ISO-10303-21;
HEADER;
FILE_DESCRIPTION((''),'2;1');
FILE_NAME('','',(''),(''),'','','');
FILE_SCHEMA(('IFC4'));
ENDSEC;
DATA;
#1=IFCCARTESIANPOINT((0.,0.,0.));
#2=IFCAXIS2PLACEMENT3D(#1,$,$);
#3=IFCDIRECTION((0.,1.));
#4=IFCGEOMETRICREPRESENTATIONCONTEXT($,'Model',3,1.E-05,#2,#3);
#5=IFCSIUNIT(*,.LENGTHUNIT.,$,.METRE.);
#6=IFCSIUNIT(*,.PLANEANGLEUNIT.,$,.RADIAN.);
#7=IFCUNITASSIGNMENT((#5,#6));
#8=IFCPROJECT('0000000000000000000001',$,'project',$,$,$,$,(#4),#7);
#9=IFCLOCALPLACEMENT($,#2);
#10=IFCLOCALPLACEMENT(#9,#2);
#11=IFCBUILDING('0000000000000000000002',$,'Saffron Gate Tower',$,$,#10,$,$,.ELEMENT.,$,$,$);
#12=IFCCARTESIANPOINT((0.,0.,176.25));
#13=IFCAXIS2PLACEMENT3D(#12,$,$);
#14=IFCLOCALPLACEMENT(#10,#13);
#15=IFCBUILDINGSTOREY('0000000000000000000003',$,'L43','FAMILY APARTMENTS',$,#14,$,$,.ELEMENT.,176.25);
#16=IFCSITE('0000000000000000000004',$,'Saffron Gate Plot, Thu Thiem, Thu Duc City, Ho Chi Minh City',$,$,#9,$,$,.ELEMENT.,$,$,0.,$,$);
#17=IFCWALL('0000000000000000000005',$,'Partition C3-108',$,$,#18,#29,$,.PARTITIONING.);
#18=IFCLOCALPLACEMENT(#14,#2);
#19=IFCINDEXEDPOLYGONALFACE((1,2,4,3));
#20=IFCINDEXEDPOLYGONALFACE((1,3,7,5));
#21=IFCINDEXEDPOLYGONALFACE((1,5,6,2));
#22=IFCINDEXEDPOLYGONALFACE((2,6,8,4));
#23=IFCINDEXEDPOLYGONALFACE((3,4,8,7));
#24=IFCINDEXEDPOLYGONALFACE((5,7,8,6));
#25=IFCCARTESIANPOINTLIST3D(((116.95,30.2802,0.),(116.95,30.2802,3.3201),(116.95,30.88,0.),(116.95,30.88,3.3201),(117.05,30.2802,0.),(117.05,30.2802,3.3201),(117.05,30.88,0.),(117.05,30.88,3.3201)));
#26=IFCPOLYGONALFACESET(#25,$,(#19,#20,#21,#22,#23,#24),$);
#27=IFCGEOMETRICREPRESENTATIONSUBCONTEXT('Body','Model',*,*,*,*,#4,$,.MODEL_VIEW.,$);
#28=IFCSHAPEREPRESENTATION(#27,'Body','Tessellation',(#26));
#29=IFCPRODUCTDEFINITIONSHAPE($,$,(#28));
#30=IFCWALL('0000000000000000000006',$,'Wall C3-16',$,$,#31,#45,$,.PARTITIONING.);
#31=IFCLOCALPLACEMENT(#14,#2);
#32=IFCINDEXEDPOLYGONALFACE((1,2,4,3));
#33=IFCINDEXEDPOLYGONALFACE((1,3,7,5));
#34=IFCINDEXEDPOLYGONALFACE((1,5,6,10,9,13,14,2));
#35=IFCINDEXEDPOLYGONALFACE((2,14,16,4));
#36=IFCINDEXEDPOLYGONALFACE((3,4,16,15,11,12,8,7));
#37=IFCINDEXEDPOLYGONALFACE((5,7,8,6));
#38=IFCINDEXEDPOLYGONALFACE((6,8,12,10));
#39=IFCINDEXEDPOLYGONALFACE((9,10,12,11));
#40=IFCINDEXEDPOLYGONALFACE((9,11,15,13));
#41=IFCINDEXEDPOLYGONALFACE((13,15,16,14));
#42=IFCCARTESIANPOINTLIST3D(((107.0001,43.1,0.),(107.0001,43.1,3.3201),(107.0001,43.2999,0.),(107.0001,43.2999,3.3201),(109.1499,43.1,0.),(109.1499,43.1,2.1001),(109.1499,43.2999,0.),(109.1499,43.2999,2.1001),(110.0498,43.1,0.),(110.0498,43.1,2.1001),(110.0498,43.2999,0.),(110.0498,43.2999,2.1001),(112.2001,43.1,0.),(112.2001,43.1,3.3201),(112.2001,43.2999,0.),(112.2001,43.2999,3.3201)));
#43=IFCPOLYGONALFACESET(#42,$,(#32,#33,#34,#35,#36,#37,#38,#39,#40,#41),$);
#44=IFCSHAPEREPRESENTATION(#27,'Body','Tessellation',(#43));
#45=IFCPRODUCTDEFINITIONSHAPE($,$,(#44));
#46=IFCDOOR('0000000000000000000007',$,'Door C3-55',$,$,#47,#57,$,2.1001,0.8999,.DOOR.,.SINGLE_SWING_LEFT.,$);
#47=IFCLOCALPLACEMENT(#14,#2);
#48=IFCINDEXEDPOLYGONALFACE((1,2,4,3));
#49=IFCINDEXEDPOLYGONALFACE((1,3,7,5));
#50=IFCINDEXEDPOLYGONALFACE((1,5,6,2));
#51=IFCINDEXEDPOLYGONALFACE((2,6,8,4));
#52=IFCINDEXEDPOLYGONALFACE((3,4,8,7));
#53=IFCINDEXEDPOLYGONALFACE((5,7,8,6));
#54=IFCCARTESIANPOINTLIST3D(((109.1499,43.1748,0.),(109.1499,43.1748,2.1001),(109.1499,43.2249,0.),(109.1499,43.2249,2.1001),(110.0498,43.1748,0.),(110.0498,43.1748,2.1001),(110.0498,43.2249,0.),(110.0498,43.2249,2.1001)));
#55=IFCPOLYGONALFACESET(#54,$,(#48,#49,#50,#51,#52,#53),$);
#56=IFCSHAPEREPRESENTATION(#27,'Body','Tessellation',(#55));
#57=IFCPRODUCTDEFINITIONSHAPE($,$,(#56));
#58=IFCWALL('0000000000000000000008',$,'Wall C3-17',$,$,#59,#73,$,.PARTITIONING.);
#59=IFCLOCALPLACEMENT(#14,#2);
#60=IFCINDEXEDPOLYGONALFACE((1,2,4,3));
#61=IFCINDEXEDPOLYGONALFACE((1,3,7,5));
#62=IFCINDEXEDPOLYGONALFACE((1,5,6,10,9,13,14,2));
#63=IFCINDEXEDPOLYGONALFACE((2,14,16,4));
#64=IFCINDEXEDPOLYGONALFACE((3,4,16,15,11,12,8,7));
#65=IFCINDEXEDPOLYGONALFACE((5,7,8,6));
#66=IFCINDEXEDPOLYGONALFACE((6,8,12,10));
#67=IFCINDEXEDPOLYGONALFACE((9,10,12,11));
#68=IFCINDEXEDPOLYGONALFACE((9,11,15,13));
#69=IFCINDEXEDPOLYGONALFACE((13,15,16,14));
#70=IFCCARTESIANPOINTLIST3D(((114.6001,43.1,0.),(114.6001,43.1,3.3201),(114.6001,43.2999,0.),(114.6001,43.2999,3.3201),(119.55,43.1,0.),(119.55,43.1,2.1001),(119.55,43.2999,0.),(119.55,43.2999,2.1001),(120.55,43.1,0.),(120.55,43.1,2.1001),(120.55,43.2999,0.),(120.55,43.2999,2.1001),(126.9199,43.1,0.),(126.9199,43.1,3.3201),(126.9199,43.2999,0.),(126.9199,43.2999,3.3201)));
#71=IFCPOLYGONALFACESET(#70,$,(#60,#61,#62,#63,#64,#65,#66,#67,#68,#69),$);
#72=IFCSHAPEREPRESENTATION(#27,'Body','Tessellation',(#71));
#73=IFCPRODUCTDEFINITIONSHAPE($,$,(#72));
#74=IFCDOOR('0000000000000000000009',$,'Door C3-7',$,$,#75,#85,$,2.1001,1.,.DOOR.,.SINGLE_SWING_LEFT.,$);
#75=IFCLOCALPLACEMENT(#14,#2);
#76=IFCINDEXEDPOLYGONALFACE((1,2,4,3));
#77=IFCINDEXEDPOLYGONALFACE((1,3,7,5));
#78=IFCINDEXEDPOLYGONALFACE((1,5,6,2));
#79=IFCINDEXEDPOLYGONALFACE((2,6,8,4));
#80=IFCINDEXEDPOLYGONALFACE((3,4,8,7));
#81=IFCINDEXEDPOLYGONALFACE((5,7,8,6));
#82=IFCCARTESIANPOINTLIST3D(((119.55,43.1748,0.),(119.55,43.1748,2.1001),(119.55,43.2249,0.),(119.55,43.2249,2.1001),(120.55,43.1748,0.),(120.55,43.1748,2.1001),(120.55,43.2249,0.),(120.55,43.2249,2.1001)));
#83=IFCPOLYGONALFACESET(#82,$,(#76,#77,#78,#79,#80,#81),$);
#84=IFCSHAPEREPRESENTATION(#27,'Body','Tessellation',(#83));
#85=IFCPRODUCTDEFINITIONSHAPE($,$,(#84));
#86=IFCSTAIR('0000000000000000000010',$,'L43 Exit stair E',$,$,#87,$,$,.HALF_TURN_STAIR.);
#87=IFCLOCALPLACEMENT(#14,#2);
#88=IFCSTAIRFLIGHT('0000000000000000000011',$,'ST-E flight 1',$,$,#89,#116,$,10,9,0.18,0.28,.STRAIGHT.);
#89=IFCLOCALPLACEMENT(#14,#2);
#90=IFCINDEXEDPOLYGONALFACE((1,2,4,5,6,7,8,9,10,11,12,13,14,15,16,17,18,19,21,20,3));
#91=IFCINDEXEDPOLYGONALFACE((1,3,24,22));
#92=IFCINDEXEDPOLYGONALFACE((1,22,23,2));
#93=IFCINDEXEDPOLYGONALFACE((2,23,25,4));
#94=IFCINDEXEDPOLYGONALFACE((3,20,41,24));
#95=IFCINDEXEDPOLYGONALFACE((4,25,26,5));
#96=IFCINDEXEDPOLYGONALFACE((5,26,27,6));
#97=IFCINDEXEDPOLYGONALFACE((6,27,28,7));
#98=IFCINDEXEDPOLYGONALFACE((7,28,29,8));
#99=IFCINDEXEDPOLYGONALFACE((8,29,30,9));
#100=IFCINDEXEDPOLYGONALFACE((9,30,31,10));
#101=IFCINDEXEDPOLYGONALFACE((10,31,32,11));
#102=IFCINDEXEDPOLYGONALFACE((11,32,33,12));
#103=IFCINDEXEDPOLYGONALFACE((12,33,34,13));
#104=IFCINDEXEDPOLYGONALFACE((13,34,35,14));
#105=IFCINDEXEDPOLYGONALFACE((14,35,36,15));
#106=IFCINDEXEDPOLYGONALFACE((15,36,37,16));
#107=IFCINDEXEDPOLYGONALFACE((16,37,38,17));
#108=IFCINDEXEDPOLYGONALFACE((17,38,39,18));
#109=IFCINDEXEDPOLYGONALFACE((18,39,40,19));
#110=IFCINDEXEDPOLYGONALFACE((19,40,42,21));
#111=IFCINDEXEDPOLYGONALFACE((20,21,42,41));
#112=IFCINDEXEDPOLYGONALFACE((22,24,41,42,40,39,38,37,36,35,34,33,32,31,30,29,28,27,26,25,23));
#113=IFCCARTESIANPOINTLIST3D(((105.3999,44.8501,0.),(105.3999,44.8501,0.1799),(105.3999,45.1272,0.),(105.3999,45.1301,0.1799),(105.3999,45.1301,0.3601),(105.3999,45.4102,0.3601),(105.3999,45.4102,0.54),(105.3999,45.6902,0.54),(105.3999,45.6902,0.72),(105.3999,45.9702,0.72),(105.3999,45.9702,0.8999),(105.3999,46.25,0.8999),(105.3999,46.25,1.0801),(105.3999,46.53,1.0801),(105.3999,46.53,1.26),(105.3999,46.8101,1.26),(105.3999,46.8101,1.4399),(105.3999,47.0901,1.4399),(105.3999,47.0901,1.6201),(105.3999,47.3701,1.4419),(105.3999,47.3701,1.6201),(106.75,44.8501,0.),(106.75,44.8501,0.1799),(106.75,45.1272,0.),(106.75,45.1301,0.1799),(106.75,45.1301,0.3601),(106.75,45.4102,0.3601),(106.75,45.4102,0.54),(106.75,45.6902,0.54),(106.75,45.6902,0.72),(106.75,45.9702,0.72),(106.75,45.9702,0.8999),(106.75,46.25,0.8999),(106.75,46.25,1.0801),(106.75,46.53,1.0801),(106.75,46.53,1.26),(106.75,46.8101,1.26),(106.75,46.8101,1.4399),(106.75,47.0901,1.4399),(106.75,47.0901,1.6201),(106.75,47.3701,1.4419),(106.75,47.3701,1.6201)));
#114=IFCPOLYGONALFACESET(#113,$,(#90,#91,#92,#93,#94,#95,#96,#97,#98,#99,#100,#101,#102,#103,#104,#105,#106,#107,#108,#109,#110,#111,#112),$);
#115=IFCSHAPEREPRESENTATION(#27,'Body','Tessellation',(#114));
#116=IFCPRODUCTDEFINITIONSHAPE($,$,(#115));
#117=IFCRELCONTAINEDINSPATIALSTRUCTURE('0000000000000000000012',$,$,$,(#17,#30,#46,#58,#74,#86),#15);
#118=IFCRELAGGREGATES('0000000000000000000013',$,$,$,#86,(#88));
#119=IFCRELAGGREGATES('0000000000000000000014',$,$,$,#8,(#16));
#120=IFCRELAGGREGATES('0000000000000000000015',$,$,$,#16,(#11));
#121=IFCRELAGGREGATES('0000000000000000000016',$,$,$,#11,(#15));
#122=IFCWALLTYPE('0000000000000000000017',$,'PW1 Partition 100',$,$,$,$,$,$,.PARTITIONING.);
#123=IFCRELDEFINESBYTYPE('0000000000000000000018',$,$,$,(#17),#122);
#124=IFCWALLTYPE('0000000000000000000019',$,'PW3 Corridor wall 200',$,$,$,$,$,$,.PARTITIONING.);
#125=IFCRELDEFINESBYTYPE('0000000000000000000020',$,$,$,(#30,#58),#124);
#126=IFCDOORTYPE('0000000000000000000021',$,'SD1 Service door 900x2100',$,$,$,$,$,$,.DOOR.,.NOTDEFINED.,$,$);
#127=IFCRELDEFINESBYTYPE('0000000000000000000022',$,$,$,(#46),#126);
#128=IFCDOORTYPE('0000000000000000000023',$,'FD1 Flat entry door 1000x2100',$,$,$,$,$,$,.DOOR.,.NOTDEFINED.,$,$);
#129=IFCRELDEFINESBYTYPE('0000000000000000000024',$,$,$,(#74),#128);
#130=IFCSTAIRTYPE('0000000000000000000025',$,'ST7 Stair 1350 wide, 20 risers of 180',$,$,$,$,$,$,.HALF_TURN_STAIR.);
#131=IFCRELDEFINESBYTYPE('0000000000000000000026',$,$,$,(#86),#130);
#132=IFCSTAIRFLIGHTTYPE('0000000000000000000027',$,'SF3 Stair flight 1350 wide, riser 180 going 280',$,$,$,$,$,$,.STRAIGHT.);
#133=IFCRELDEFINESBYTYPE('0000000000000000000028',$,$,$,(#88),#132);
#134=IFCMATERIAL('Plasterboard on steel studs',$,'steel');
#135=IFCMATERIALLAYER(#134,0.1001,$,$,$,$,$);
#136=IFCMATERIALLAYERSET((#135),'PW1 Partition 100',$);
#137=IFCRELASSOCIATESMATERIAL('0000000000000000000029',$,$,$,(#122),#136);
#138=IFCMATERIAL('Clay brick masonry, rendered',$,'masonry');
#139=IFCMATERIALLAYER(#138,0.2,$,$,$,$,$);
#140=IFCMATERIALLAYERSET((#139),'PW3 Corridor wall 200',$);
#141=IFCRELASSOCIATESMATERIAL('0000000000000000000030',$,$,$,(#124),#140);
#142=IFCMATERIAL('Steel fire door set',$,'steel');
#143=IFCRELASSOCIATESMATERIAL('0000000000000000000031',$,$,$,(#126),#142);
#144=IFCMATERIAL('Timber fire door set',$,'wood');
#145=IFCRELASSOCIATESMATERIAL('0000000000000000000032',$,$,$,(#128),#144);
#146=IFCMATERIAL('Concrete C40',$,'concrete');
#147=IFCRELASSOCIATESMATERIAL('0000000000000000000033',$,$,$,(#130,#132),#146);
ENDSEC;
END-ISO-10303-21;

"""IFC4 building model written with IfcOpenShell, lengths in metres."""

from ifc_helpers import new_model, si_unit, direction, frame, frame_2d, origin, place, context, subcontext, project, spatial, polyline, rectangle, outline, extrude, material, layer, layer_set, type_object, element, fill, aggregate, save


model = new_model("IFC4")

# Units and contexts
model_context = context("Model", 3, precision=1e-05, world=origin(), true_north=direction((0.0, 1.0)))
body_context = subcontext(model_context, "Body", "Model", "MODEL_VIEW")
ifc_project = project(units=[si_unit("LENGTHUNIT", "METRE"), si_unit("PLANEANGLEUNIT", "RADIAN")], contexts=[model_context])

# Site, building, storey
site_placement = place(None, origin())
site = spatial("IfcSite", under=ifc_project, at=site_placement, Name="Saffron Gate Plot, Thu Thiem, Thu Duc City, Ho Chi Minh City", CompositionType="ELEMENT", RefElevation=0.0)
building_placement = place(site_placement, origin())
building = spatial("IfcBuilding", under=site, at=building_placement, Name="Saffron Gate Tower", CompositionType="ELEMENT")
storey_placement = place(building_placement, frame((0.0, 0.0, 176.25)))
storey = spatial("IfcBuildingStorey", under=building, at=storey_placement, Name="L43", Description="FAMILY APARTMENTS", CompositionType="ELEMENT", Elevation=176.25)

# Wall
ifc_material_1 = material(Name="Plasterboard on steel studs", Category="steel")
ifc_layer_1 = layer(ifc_material_1, 0.1001)
ifc_layer_set_1 = layer_set([ifc_layer_1], Name="PW1 Partition 100")
wall_type_1 = type_object("IfcWallType", Name="PW1 Partition 100", PredefinedType="PARTITIONING", material=ifc_layer_set_1)
wall_1_placement = place(storey_placement, frame((117.0, 30.8799, 0.0), z_axis=(0.0, 0.0, 1.0), x_axis=(0.0, -1.0, 0.0)))
element("IfcWall", 1, at=wall_1_placement, inside=storey, type_object=wall_type_1, Name="Partition C3-108", PredefinedType="PARTITIONING", context=body_context, shape_type="SweptSolid", body=[
    extrude(rectangle(XDim=0.5999, YDim=0.1001, at=frame_2d((0.2998, 0.0))), origin(), (0.0, 0.0, 1.0), 3.3201),
])

# Walls, openings, doors
ifc_material_2 = material(Name="Clay brick masonry, rendered", Category="masonry")
ifc_layer_2 = layer(ifc_material_2, 0.2)
ifc_layer_set_2 = layer_set([ifc_layer_2], Name="PW3 Corridor wall 200")
wall_type_2 = type_object("IfcWallType", Name="PW3 Corridor wall 200", PredefinedType="PARTITIONING", material=ifc_layer_set_2)
wall_2_placement = place(storey_placement, frame((107.0, 43.2, 0.0), z_axis=(0.0, 0.0, 1.0), x_axis=(1.0, 0.0, 0.0)))
wall_2 = element("IfcWall", 2, at=wall_2_placement, inside=storey, type_object=wall_type_2, Name="Wall C3-16", PredefinedType="PARTITIONING", context=body_context, shape_type="SweptSolid", body=[
    extrude(rectangle(XDim=5.2, YDim=0.2, at=frame_2d((2.6001, 0.0))), origin(), (0.0, 0.0, 1.0), 3.3201),
])
opening_1_placement = place(wall_2_placement, frame((2.1499, 0.0, 0.0)))
opening_1 = element("IfcOpeningElement", 3, at=opening_1_placement, cuts=wall_2, PredefinedType="OPENING", context=body_context, shape_type="SweptSolid", body=[
    extrude(rectangle(XDim=0.8999, YDim=2.1001, at=frame_2d((0.45, 1.05))), frame((0.0, 0.1099, 0.0), z_axis=(0.0, -1.0, 0.0), x_axis=(1.0, 0.0, 0.0)), (0.0, 0.0, 1.0), 0.22),
])
ifc_material_3 = material(Name="Steel fire door set", Category="steel")
door_type_1 = type_object("IfcDoorType", Name="SD1 Service door 900x2100", OperationType="NOTDEFINED", PredefinedType="DOOR", material=ifc_material_3)
door_1_placement = place(opening_1_placement, origin())
door_1 = element("IfcDoor", 4, at=door_1_placement, inside=storey, type_object=door_type_1, Name="Door C3-55", OperationType="SINGLE_SWING_LEFT", OverallHeight=2.1001, OverallWidth=0.8999, PredefinedType="DOOR", context=body_context, shape_type="SweptSolid", body=[
    extrude(rectangle(XDim=0.8999, YDim=2.1001, at=frame_2d((0.45, 1.05))), frame((0.0, 0.0249, 0.0), z_axis=(0.0, -1.0, 0.0), x_axis=(1.0, 0.0, 0.0)), (0.0, 0.0, 1.0), 0.05),
])
fill(opening_1, door_1)
wall_3_placement = place(storey_placement, frame((114.6001, 43.2, 0.0), z_axis=(0.0, 0.0, 1.0), x_axis=(1.0, 0.0, 0.0)))
wall_3 = element("IfcWall", 5, at=wall_3_placement, inside=storey, type_object=wall_type_2, Name="Wall C3-17", PredefinedType="PARTITIONING", context=body_context, shape_type="SweptSolid", body=[
    extrude(rectangle(XDim=12.3198, YDim=0.2, at=frame_2d((6.1599, 0.0))), origin(), (0.0, 0.0, 1.0), 3.3201),
])
opening_2_placement = place(wall_3_placement, frame((4.95, 0.0, 0.0)))
opening_2 = element("IfcOpeningElement", 6, at=opening_2_placement, cuts=wall_3, PredefinedType="OPENING", context=body_context, shape_type="SweptSolid", body=[
    extrude(rectangle(XDim=1.0, YDim=2.1001, at=frame_2d((0.5, 1.05))), frame((0.0, 0.1099, 0.0), z_axis=(0.0, -1.0, 0.0), x_axis=(1.0, 0.0, 0.0)), (0.0, 0.0, 1.0), 0.22),
])
ifc_material_4 = material(Name="Timber fire door set", Category="wood")
door_type_2 = type_object("IfcDoorType", Name="FD1 Flat entry door 1000x2100", OperationType="NOTDEFINED", PredefinedType="DOOR", material=ifc_material_4)
door_2_placement = place(opening_2_placement, origin())
door_2 = element("IfcDoor", 7, at=door_2_placement, inside=storey, type_object=door_type_2, Name="Door C3-7", OperationType="SINGLE_SWING_LEFT", OverallHeight=2.1001, OverallWidth=1.0, PredefinedType="DOOR", context=body_context, shape_type="SweptSolid", body=[
    extrude(rectangle(XDim=1.0, YDim=2.1001, at=frame_2d((0.5, 1.05))), frame((0.0, 0.0249, 0.0), z_axis=(0.0, -1.0, 0.0), x_axis=(1.0, 0.0, 0.0)), (0.0, 0.0, 1.0), 0.05),
])
fill(opening_2, door_2)

# Stair, stair flight
ifc_material_5 = material(Name="Concrete C40", Category="concrete")
stair_type = type_object("IfcStairType", Name="ST7 Stair 1350 wide, 20 risers of 180", PredefinedType="HALF_TURN_STAIR", material=ifc_material_5)
stair_placement = place(storey_placement, origin())
stair = element("IfcStair", 8, at=stair_placement, inside=storey, type_object=stair_type, Name="L43 Exit stair E", PredefinedType="HALF_TURN_STAIR")
stair_flight_type = type_object("IfcStairFlightType", Name="SF3 Stair flight 1350 wide, riser 180 going 280", PredefinedType="STRAIGHT", material=ifc_material_5)
stair_flight_placement = place(storey_placement, frame((106.075, 44.8501, 0.0), z_axis=(0.0, 0.0, 1.0), x_axis=(0.0, 1.0, 0.0)))
stair_flight = element("IfcStairFlight", 9, at=stair_flight_placement, type_object=stair_flight_type, Name="ST-E flight 1", NumberOfRisers=10, NumberOfTreads=9, PredefinedType="STRAIGHT", RiserHeight=0.18, TreadLength=0.28, context=body_context, shape_type="SweptSolid", body=[
    extrude(outline(polyline([(0.0, 0.0), (0.0, 0.1799), (0.28, 0.1799), (0.28, 0.3601), (0.5601, 0.3601), (0.5601, 0.54), (0.8401, 0.54), (0.8401, 0.72), (1.1201, 0.72), (1.1201, 0.8999), (1.3999, 0.8999), (1.3999, 1.0801), (1.6799, 1.0801), (1.6799, 1.26), (1.96, 1.26), (1.96, 1.4399), (2.24, 1.4399), (2.24, 1.6201), (2.52, 1.6201), (2.52, 1.8), (2.52, 1.4419), (0.2771, 0.0), (0.0, 0.0)])), frame((0.0, 0.675, 0.0), z_axis=(0.0, -1.0, 0.0), x_axis=(1.0, 0.0, 0.0)), (0.0, 0.0, 1.0), 1.3501),
])
aggregate(stair, [stair_flight])

save(model, "model.ifc")
